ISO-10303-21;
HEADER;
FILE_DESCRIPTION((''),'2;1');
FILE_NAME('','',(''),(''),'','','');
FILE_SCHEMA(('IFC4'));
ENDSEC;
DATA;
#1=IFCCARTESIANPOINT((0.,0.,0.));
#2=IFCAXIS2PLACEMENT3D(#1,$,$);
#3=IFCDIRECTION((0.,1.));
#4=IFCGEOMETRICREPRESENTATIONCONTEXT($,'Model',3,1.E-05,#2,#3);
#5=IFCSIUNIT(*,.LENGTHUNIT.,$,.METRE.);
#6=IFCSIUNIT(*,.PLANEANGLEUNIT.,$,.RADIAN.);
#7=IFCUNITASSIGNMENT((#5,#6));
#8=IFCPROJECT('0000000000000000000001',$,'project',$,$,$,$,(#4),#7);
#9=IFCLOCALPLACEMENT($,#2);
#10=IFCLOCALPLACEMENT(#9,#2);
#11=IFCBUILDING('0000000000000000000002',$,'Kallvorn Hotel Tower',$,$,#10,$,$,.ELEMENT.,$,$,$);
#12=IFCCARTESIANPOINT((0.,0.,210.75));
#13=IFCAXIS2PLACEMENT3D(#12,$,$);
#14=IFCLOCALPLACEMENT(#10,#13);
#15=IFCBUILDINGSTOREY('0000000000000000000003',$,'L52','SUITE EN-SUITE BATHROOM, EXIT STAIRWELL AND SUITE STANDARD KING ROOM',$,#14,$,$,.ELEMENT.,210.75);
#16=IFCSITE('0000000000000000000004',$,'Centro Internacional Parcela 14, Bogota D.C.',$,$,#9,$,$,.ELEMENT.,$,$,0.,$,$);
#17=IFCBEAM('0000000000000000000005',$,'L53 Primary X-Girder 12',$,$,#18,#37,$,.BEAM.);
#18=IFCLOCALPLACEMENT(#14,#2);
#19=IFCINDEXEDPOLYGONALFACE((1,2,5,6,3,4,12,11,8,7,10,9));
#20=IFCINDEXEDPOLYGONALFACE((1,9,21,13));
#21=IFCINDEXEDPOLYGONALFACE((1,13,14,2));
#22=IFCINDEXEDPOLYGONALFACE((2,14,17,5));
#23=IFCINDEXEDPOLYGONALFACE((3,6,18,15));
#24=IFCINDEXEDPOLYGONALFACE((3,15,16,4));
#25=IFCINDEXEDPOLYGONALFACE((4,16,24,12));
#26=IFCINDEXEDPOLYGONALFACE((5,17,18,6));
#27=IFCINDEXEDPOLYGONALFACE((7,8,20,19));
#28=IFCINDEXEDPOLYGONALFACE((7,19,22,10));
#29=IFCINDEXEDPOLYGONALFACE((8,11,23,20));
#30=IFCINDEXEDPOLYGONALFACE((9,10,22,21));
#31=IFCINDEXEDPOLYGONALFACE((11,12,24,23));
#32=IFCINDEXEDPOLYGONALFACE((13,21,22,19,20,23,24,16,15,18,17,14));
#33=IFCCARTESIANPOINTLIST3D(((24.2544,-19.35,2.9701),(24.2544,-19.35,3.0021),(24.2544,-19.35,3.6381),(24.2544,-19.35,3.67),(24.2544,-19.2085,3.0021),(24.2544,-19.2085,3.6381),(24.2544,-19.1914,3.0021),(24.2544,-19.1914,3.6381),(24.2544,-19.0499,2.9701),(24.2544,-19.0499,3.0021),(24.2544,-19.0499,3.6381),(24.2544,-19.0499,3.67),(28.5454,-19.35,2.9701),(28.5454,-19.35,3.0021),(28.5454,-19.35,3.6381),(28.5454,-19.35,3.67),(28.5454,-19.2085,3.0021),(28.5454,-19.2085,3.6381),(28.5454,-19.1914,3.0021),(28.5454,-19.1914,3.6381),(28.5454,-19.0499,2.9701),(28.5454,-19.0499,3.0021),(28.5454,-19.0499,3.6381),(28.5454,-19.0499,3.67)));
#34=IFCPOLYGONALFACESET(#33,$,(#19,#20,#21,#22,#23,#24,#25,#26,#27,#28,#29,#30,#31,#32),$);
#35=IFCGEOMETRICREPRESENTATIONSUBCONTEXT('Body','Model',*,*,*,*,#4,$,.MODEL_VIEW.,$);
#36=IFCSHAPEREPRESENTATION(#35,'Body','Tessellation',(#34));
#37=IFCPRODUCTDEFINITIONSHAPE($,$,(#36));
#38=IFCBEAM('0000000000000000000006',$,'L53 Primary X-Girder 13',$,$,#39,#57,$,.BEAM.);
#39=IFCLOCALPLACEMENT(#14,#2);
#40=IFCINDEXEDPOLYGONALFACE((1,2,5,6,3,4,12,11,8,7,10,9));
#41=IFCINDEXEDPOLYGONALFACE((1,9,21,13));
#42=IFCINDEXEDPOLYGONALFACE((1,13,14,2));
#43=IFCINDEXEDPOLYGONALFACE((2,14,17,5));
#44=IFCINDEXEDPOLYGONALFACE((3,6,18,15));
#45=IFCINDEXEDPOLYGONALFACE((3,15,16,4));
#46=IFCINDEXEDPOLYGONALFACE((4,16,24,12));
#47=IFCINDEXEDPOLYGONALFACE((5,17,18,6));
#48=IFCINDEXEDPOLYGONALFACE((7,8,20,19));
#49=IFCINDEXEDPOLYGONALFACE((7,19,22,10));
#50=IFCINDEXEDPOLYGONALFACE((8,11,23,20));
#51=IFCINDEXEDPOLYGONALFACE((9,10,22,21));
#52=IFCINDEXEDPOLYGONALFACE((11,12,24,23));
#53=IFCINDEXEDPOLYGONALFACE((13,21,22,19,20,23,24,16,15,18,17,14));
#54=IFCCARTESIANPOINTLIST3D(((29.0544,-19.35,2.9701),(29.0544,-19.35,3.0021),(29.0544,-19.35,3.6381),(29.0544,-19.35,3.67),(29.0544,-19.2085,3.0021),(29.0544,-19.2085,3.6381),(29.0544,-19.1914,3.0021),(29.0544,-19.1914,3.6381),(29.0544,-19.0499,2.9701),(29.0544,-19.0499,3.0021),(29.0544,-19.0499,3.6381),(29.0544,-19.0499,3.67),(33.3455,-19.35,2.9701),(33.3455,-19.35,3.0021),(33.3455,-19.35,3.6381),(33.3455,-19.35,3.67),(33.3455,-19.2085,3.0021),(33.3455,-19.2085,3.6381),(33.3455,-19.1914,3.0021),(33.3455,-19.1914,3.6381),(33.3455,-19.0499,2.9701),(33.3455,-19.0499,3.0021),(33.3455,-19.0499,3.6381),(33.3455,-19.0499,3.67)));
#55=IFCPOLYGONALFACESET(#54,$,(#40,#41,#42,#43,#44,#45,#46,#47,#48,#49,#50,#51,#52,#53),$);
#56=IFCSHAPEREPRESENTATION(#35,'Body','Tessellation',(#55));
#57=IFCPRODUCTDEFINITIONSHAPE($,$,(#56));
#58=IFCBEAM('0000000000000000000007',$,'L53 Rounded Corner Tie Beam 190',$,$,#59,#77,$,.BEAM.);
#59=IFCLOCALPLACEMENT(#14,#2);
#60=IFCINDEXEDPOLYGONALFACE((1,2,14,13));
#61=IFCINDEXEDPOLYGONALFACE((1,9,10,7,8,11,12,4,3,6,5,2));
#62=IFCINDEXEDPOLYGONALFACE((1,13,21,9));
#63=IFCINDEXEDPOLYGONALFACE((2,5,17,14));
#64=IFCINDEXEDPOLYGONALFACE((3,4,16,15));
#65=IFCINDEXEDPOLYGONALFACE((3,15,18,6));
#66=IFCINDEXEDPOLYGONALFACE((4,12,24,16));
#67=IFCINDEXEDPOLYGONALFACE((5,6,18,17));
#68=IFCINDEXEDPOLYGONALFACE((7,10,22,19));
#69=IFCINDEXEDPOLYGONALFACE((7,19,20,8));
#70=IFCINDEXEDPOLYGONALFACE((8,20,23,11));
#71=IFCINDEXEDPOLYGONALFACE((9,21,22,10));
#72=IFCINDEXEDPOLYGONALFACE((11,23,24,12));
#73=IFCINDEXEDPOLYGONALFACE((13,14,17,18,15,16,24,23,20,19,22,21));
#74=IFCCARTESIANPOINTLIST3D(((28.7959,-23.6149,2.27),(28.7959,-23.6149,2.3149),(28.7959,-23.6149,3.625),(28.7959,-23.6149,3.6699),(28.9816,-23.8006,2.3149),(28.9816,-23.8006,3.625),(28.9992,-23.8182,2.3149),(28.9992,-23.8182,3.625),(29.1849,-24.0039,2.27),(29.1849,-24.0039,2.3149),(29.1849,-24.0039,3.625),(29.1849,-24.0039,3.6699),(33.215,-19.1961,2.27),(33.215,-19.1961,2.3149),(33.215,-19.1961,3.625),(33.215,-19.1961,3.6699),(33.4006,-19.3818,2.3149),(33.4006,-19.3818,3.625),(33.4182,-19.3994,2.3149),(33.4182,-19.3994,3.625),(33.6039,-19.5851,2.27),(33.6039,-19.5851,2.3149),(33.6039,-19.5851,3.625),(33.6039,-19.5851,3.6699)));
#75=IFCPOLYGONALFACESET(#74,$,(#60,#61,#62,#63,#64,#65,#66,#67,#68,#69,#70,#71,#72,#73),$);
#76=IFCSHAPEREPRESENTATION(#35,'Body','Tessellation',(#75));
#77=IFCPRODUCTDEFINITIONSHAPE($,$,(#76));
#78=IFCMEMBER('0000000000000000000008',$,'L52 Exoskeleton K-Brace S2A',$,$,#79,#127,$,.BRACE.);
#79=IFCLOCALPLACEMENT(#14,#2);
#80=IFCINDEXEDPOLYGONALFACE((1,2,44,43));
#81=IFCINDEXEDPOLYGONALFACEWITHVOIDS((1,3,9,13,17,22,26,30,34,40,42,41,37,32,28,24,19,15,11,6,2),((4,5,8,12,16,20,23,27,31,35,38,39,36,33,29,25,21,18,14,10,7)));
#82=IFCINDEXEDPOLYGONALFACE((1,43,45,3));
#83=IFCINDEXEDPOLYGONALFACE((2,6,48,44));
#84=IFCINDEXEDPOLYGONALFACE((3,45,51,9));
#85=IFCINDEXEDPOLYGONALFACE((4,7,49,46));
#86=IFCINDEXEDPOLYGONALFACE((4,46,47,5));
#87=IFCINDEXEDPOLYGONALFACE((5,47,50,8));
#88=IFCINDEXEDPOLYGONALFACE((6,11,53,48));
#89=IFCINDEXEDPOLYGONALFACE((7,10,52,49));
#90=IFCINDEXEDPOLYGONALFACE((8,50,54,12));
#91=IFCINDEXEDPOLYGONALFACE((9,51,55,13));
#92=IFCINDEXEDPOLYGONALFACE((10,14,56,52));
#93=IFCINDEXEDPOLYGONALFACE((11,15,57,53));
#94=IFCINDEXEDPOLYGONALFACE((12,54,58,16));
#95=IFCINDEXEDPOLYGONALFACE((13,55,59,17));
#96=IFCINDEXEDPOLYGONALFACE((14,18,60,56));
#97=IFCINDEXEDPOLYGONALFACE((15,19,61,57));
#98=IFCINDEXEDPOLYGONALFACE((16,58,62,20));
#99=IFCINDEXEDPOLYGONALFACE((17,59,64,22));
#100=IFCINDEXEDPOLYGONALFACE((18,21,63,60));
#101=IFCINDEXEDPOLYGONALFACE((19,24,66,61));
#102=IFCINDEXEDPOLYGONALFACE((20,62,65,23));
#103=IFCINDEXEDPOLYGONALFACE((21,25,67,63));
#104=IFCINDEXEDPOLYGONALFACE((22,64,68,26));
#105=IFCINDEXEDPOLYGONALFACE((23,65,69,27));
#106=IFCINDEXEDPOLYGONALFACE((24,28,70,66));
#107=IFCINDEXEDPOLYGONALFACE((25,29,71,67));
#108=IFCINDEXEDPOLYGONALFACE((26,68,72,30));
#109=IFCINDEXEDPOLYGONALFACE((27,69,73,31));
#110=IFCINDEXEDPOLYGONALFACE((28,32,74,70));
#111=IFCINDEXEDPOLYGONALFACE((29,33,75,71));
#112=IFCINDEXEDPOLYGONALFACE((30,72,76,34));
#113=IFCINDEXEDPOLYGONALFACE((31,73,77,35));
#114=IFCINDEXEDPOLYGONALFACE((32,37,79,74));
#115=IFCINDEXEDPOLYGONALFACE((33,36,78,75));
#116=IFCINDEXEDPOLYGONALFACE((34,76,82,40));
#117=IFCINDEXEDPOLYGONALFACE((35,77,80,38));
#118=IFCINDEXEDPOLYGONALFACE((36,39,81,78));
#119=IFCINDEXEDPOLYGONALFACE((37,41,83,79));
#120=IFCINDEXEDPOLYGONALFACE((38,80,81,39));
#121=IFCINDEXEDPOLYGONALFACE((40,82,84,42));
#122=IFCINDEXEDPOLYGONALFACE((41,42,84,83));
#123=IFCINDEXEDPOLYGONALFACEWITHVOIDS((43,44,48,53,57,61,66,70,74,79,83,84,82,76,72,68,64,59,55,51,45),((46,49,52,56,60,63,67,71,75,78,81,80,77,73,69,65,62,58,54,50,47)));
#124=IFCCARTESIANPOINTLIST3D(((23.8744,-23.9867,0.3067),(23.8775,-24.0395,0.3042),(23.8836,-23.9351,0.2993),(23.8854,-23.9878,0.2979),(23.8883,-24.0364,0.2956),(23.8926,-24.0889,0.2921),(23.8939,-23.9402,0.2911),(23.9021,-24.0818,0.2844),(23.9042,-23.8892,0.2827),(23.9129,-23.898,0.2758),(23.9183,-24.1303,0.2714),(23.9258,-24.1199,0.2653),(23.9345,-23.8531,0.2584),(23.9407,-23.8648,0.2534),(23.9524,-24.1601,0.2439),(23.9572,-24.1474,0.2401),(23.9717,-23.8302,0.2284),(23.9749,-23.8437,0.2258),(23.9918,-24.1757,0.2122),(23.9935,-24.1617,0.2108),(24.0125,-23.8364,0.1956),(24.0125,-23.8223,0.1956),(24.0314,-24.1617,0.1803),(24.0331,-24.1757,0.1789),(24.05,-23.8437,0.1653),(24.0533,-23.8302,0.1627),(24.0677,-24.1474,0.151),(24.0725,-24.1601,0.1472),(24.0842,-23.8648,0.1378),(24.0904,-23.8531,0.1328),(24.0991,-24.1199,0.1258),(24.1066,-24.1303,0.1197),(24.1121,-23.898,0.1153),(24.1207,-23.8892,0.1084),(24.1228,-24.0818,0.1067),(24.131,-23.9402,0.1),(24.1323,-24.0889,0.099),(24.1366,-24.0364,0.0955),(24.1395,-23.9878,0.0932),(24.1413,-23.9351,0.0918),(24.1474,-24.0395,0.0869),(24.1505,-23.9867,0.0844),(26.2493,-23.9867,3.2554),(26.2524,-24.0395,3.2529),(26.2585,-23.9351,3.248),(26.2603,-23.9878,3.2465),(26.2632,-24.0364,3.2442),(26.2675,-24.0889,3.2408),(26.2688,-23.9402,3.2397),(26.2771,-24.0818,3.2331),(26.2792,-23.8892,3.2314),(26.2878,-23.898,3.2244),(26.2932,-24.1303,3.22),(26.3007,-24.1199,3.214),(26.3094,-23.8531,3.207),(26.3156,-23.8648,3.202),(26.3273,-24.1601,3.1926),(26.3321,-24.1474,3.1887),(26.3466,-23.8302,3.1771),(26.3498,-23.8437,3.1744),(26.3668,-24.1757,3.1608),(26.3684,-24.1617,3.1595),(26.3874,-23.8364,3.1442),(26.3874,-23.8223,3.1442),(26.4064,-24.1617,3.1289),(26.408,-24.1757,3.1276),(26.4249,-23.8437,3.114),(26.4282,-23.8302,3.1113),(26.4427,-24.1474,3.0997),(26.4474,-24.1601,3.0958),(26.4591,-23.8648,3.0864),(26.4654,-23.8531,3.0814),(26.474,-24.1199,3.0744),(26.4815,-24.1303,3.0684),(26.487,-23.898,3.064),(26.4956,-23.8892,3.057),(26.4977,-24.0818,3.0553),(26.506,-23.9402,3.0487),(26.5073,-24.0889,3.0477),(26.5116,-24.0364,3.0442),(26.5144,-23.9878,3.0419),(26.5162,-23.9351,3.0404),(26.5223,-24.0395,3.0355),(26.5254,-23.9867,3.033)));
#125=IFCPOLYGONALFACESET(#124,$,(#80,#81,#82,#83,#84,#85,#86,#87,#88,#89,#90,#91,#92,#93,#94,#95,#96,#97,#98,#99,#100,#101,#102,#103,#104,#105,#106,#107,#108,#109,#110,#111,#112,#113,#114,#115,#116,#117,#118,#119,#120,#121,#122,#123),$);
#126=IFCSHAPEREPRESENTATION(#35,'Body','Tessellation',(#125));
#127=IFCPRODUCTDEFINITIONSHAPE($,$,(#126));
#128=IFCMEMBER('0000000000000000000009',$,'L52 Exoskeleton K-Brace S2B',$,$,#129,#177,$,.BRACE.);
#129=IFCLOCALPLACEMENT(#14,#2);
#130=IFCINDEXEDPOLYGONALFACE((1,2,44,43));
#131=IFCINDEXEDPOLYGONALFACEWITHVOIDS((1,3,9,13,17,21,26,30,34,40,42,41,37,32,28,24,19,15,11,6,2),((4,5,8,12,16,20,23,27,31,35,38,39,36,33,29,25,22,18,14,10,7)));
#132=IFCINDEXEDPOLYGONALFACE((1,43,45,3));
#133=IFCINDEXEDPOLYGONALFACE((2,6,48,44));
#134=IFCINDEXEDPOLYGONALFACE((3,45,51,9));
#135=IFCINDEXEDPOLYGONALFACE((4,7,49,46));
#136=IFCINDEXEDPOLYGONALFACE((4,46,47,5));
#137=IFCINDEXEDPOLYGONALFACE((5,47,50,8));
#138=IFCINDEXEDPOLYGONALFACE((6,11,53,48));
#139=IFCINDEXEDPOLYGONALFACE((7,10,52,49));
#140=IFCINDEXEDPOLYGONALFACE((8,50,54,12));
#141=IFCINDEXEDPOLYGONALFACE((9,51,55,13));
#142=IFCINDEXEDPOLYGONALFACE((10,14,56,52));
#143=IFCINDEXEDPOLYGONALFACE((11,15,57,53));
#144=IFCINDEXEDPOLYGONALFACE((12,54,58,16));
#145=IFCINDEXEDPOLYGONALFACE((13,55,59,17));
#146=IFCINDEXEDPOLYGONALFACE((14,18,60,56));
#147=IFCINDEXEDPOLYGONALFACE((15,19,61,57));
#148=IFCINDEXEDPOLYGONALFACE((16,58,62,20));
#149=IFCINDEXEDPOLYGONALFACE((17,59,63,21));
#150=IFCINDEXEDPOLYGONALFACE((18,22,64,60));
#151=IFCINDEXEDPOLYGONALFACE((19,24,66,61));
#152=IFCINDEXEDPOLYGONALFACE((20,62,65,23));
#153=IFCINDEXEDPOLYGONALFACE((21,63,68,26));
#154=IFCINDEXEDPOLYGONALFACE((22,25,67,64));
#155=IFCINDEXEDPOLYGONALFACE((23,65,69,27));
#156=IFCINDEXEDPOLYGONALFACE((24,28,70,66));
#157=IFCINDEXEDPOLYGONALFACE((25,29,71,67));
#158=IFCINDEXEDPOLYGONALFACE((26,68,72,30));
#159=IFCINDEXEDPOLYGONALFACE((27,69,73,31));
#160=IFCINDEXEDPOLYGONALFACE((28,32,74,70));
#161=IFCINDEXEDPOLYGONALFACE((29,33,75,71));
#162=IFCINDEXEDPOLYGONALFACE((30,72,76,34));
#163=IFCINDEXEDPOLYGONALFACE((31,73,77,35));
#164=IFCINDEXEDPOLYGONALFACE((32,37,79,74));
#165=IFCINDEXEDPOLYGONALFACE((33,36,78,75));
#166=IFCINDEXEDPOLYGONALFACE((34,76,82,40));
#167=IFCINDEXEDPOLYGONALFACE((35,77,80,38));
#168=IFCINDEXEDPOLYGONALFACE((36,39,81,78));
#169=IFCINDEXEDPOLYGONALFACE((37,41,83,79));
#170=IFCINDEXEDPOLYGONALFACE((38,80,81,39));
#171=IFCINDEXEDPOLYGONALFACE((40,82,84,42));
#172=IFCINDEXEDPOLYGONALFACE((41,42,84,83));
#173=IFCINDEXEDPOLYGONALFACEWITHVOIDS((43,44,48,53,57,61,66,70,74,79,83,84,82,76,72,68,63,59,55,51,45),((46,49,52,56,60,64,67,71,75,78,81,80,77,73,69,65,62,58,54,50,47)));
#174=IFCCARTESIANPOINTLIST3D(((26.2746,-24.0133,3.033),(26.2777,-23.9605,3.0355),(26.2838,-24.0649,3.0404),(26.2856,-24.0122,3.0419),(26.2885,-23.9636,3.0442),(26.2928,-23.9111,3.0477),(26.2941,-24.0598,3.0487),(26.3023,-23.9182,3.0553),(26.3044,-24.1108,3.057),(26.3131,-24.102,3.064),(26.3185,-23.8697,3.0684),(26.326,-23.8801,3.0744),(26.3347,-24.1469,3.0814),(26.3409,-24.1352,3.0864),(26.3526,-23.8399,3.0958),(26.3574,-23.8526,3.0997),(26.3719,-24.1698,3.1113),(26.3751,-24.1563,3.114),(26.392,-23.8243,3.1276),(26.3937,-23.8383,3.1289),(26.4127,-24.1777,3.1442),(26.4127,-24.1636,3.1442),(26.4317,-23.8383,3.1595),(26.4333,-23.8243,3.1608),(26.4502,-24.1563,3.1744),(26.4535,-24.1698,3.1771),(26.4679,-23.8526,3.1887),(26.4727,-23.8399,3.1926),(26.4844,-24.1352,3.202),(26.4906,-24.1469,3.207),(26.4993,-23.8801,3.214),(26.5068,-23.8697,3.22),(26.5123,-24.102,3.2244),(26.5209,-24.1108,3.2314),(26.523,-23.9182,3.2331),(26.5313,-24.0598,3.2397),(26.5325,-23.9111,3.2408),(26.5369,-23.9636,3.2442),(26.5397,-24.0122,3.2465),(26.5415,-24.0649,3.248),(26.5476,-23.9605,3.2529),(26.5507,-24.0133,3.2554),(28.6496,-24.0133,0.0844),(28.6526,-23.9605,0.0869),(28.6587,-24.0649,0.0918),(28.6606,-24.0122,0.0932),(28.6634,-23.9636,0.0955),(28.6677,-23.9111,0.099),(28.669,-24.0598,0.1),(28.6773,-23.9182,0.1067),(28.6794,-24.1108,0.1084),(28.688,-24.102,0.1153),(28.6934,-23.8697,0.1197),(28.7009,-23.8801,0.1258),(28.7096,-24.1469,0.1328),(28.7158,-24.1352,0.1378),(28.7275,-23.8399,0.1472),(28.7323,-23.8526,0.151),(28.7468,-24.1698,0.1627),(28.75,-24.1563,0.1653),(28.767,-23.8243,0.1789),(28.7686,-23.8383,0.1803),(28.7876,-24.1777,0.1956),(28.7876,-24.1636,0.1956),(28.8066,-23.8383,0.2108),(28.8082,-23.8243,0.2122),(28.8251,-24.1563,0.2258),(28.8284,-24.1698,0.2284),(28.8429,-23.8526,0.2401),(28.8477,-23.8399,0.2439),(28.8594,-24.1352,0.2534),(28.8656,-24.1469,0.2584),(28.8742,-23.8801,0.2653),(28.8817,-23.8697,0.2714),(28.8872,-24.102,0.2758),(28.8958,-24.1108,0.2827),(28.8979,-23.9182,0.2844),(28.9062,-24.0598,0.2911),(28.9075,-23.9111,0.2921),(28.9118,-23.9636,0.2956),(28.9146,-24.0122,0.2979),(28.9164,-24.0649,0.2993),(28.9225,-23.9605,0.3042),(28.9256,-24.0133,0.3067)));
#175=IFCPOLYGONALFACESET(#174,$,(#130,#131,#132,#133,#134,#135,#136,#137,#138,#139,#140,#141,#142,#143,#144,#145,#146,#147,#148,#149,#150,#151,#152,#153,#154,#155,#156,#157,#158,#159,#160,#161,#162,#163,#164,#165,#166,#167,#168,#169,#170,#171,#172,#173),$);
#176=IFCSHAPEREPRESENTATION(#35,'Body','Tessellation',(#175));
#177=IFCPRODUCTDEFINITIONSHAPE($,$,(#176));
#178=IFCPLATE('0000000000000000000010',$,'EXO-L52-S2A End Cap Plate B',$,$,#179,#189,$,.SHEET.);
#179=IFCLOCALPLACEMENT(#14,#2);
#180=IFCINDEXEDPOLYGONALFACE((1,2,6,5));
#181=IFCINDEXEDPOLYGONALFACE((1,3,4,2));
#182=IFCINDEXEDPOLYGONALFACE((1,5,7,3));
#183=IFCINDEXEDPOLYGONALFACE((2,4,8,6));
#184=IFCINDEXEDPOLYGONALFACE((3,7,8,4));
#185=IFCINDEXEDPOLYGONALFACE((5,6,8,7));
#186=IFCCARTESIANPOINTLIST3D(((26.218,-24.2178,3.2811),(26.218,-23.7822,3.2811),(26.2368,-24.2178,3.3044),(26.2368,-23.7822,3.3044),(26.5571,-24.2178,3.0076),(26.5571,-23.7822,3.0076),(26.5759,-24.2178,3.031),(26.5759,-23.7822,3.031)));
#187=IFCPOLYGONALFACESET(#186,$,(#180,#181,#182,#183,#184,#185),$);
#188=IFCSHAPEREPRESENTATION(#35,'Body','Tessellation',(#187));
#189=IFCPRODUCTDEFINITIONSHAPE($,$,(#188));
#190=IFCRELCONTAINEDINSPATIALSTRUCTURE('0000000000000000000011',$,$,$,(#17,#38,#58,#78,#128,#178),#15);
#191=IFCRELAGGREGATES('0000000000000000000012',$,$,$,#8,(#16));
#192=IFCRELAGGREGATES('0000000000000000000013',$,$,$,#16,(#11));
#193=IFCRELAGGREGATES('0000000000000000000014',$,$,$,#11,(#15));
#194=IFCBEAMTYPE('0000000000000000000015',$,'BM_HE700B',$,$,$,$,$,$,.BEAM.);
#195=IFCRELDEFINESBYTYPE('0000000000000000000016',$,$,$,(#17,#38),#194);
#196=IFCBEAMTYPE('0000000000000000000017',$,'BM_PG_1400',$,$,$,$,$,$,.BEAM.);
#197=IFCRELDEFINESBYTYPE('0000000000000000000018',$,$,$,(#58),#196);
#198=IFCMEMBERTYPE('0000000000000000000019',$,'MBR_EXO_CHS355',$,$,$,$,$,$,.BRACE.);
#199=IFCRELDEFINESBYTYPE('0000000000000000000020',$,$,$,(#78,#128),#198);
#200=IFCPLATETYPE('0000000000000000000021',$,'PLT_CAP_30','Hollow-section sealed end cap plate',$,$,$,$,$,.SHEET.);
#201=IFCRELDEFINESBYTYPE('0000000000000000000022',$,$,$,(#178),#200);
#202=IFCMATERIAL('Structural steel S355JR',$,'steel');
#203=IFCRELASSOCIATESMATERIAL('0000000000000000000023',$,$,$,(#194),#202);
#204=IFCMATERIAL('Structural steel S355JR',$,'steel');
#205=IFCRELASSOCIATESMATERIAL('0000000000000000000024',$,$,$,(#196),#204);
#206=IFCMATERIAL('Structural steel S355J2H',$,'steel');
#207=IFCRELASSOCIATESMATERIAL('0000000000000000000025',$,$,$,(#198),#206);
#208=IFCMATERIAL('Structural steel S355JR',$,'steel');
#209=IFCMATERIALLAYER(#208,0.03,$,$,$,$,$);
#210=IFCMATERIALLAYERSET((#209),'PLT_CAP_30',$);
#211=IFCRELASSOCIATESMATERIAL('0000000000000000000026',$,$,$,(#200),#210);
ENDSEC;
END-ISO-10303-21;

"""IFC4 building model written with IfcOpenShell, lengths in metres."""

from ifc_helpers import new_model, si_unit, direction, frame, origin, origin_2d, place, context, subcontext, project, spatial, polyline, hollow_circle, i_section, outline, extrude, material, layer, layer_set, material_profile, profile_set, type_object, element, save


model = new_model("IFC4")

# Units and contexts
model_context = context("Model", 3, precision=1e-05, world=origin(), true_north=direction((0.0, 1.0)))
body_context = subcontext(model_context, "Body", "Model", "MODEL_VIEW")
ifc_project = project(units=[si_unit("LENGTHUNIT", "METRE"), si_unit("PLANEANGLEUNIT", "RADIAN")], contexts=[model_context])

# Site, building, storey
site_placement = place(None, origin())
site = spatial("IfcSite", under=ifc_project, at=site_placement, Name="Centro Internacional Parcela 14, Bogota D.C.", CompositionType="ELEMENT", RefElevation=0.0)
building_placement = place(site_placement, origin())
building = spatial("IfcBuilding", under=site, at=building_placement, Name="Kallvorn Hotel Tower", CompositionType="ELEMENT")
storey_placement = place(building_placement, frame((0.0, 0.0, 210.75)))
storey = spatial("IfcBuildingStorey", under=building, at=storey_placement, Name="L52", Description="SUITE EN-SUITE BATHROOM, EXIT STAIRWELL AND SUITE STANDARD KING ROOM", CompositionType="ELEMENT", Elevation=210.75)

# Beams
ifc_material_1 = material(Name="Structural steel S355JR", Category="steel")
ifc_material_profile_1 = material_profile(ifc_material_1, i_section(OverallWidth=0.3, OverallDepth=0.7, WebThickness=0.0171, FlangeThickness=0.032, at=origin_2d()), Name="HE 700 B")
ifc_profile_set_1 = profile_set([ifc_material_profile_1], Name="Structural steel S355JR")
beam_type_1 = type_object("IfcBeamType", Name="BM_HE700B", PredefinedType="BEAM", material=ifc_profile_set_1)
for number, where, z_axis, x_axis, name in (
    (1, (24.2544, -19.2, 3.3201), (1.0, 0.0, 0.0), (0.0, 1.0, 0.0), "L53 Primary X-Girder 12"),
    (2, (29.0544, -19.2, 3.3201), (1.0, 0.0, 0.0), (0.0, 1.0, 0.0), "L53 Primary X-Girder 13"),
):
    element("IfcBeam", number, at=place(storey_placement, frame(where, z_axis=z_axis, x_axis=x_axis)), inside=storey, type_object=beam_type_1, Name=name, PredefinedType="BEAM", context=body_context, shape_type="SweptSolid", body=[
        extrude(i_section(OverallWidth=0.3, OverallDepth=0.7, WebThickness=0.0171, FlangeThickness=0.032, at=origin_2d()), origin(), (0.0, 0.0, 1.0), 4.291),
    ])
ifc_material_2 = material(Name="Structural steel S355JR", Category="steel")
ifc_material_profile_2 = material_profile(ifc_material_2, i_section(OverallWidth=0.55, OverallDepth=1.3999, WebThickness=0.0249, FlangeThickness=0.0449, at=origin_2d()), Name="PG 1400x550x25x45")
ifc_profile_set_2 = profile_set([ifc_material_profile_2], Name="Structural steel S355JR")
beam_type_2 = type_object("IfcBeamType", Name="BM_PG_1400", PredefinedType="BEAM", material=ifc_profile_set_2)
beam_1_placement = place(storey_placement, frame((33.4094, -19.3906, 2.97), z_axis=(-0.707126, -0.707087, 0.0), x_axis=(0.707087, -0.707126, 0.0)))
element("IfcBeam", 3, at=beam_1_placement, inside=storey, type_object=beam_type_2, Name="L53 Rounded Corner Tie Beam 190", PredefinedType="BEAM", context=body_context, shape_type="SweptSolid", body=[
    extrude(i_section(OverallWidth=0.55, OverallDepth=1.3999, WebThickness=0.0249, FlangeThickness=0.0449, at=origin_2d()), origin(), (0.0, 0.0, 1.0), 6.2493),
])

# Members
ifc_material_3 = material(Name="Structural steel S355J2H", Category="steel")
ifc_material_profile_3 = material_profile(ifc_material_3, hollow_circle(Radius=0.1777, WallThickness=0.0142, at=origin_2d()), Name="CHS 355.6x14.2")
ifc_profile_set_3 = profile_set([ifc_material_profile_3], Name="Structural steel S355J2H")
member_type = type_object("IfcMemberType", Name="MBR_EXO_CHS355", PredefinedType="BRACE", material=ifc_profile_set_3)
for number, where, z_axis, x_axis, name in (
    (4, (24.0125, -24.0, 0.1956), (0.627271, 0.0, 0.778801), (0.0, 1.0, 0.0), "L52 Exoskeleton K-Brace S2A"),
    (5, (28.7876, -24.0, 0.1956), (-0.627271, 0.0, 0.778801), (0.0, -1.0, 0.0), "L52 Exoskeleton K-Brace S2B"),
):
    element("IfcMember", number, at=place(storey_placement, frame(where, z_axis=z_axis, x_axis=x_axis)), inside=storey, type_object=member_type, Name=name, PredefinedType="BRACE", context=body_context, shape_type="SweptSolid", body=[
        extrude(hollow_circle(Radius=0.1777, WallThickness=0.0142, at=origin_2d()), origin(), (0.0, 0.0, 1.0), 3.7861),
    ])

# Plate
ifc_material_4 = material(Name="Structural steel S355JR", Category="steel")
ifc_layer_1 = layer(ifc_material_4, 0.03)
ifc_layer_set_1 = layer_set([ifc_layer_1], Name="PLT_CAP_30")
plate_type_1 = type_object("IfcPlateType", Name="PLT_CAP_30", Description="Hollow-section sealed end cap plate", PredefinedType="SHEET", material=ifc_layer_set_1)
for number, where, z_axis, x_axis, name in (
    (6, (26.5759, -24.2178, 3.031), (0.627698, 0.0, 0.778457), (0.0, 1.0, 0.0), "EXO-L52-S2A End Cap Plate B"),
):
    element("IfcPlate", number, at=place(storey_placement, frame(where, z_axis=z_axis, x_axis=x_axis)), inside=storey, type_object=plate_type_1, Name=name, PredefinedType="SHEET", context=body_context, shape_type="SweptSolid", body=[
        extrude(outline(polyline([(0.0, 0.0), (0.4355, 0.0), (0.4355, 0.4356), (0.0, 0.4356), (0.0, 0.0)])), origin(), (0.0, 0.0, -1.0), 0.03),
    ])

save(model, "model.ifc")
